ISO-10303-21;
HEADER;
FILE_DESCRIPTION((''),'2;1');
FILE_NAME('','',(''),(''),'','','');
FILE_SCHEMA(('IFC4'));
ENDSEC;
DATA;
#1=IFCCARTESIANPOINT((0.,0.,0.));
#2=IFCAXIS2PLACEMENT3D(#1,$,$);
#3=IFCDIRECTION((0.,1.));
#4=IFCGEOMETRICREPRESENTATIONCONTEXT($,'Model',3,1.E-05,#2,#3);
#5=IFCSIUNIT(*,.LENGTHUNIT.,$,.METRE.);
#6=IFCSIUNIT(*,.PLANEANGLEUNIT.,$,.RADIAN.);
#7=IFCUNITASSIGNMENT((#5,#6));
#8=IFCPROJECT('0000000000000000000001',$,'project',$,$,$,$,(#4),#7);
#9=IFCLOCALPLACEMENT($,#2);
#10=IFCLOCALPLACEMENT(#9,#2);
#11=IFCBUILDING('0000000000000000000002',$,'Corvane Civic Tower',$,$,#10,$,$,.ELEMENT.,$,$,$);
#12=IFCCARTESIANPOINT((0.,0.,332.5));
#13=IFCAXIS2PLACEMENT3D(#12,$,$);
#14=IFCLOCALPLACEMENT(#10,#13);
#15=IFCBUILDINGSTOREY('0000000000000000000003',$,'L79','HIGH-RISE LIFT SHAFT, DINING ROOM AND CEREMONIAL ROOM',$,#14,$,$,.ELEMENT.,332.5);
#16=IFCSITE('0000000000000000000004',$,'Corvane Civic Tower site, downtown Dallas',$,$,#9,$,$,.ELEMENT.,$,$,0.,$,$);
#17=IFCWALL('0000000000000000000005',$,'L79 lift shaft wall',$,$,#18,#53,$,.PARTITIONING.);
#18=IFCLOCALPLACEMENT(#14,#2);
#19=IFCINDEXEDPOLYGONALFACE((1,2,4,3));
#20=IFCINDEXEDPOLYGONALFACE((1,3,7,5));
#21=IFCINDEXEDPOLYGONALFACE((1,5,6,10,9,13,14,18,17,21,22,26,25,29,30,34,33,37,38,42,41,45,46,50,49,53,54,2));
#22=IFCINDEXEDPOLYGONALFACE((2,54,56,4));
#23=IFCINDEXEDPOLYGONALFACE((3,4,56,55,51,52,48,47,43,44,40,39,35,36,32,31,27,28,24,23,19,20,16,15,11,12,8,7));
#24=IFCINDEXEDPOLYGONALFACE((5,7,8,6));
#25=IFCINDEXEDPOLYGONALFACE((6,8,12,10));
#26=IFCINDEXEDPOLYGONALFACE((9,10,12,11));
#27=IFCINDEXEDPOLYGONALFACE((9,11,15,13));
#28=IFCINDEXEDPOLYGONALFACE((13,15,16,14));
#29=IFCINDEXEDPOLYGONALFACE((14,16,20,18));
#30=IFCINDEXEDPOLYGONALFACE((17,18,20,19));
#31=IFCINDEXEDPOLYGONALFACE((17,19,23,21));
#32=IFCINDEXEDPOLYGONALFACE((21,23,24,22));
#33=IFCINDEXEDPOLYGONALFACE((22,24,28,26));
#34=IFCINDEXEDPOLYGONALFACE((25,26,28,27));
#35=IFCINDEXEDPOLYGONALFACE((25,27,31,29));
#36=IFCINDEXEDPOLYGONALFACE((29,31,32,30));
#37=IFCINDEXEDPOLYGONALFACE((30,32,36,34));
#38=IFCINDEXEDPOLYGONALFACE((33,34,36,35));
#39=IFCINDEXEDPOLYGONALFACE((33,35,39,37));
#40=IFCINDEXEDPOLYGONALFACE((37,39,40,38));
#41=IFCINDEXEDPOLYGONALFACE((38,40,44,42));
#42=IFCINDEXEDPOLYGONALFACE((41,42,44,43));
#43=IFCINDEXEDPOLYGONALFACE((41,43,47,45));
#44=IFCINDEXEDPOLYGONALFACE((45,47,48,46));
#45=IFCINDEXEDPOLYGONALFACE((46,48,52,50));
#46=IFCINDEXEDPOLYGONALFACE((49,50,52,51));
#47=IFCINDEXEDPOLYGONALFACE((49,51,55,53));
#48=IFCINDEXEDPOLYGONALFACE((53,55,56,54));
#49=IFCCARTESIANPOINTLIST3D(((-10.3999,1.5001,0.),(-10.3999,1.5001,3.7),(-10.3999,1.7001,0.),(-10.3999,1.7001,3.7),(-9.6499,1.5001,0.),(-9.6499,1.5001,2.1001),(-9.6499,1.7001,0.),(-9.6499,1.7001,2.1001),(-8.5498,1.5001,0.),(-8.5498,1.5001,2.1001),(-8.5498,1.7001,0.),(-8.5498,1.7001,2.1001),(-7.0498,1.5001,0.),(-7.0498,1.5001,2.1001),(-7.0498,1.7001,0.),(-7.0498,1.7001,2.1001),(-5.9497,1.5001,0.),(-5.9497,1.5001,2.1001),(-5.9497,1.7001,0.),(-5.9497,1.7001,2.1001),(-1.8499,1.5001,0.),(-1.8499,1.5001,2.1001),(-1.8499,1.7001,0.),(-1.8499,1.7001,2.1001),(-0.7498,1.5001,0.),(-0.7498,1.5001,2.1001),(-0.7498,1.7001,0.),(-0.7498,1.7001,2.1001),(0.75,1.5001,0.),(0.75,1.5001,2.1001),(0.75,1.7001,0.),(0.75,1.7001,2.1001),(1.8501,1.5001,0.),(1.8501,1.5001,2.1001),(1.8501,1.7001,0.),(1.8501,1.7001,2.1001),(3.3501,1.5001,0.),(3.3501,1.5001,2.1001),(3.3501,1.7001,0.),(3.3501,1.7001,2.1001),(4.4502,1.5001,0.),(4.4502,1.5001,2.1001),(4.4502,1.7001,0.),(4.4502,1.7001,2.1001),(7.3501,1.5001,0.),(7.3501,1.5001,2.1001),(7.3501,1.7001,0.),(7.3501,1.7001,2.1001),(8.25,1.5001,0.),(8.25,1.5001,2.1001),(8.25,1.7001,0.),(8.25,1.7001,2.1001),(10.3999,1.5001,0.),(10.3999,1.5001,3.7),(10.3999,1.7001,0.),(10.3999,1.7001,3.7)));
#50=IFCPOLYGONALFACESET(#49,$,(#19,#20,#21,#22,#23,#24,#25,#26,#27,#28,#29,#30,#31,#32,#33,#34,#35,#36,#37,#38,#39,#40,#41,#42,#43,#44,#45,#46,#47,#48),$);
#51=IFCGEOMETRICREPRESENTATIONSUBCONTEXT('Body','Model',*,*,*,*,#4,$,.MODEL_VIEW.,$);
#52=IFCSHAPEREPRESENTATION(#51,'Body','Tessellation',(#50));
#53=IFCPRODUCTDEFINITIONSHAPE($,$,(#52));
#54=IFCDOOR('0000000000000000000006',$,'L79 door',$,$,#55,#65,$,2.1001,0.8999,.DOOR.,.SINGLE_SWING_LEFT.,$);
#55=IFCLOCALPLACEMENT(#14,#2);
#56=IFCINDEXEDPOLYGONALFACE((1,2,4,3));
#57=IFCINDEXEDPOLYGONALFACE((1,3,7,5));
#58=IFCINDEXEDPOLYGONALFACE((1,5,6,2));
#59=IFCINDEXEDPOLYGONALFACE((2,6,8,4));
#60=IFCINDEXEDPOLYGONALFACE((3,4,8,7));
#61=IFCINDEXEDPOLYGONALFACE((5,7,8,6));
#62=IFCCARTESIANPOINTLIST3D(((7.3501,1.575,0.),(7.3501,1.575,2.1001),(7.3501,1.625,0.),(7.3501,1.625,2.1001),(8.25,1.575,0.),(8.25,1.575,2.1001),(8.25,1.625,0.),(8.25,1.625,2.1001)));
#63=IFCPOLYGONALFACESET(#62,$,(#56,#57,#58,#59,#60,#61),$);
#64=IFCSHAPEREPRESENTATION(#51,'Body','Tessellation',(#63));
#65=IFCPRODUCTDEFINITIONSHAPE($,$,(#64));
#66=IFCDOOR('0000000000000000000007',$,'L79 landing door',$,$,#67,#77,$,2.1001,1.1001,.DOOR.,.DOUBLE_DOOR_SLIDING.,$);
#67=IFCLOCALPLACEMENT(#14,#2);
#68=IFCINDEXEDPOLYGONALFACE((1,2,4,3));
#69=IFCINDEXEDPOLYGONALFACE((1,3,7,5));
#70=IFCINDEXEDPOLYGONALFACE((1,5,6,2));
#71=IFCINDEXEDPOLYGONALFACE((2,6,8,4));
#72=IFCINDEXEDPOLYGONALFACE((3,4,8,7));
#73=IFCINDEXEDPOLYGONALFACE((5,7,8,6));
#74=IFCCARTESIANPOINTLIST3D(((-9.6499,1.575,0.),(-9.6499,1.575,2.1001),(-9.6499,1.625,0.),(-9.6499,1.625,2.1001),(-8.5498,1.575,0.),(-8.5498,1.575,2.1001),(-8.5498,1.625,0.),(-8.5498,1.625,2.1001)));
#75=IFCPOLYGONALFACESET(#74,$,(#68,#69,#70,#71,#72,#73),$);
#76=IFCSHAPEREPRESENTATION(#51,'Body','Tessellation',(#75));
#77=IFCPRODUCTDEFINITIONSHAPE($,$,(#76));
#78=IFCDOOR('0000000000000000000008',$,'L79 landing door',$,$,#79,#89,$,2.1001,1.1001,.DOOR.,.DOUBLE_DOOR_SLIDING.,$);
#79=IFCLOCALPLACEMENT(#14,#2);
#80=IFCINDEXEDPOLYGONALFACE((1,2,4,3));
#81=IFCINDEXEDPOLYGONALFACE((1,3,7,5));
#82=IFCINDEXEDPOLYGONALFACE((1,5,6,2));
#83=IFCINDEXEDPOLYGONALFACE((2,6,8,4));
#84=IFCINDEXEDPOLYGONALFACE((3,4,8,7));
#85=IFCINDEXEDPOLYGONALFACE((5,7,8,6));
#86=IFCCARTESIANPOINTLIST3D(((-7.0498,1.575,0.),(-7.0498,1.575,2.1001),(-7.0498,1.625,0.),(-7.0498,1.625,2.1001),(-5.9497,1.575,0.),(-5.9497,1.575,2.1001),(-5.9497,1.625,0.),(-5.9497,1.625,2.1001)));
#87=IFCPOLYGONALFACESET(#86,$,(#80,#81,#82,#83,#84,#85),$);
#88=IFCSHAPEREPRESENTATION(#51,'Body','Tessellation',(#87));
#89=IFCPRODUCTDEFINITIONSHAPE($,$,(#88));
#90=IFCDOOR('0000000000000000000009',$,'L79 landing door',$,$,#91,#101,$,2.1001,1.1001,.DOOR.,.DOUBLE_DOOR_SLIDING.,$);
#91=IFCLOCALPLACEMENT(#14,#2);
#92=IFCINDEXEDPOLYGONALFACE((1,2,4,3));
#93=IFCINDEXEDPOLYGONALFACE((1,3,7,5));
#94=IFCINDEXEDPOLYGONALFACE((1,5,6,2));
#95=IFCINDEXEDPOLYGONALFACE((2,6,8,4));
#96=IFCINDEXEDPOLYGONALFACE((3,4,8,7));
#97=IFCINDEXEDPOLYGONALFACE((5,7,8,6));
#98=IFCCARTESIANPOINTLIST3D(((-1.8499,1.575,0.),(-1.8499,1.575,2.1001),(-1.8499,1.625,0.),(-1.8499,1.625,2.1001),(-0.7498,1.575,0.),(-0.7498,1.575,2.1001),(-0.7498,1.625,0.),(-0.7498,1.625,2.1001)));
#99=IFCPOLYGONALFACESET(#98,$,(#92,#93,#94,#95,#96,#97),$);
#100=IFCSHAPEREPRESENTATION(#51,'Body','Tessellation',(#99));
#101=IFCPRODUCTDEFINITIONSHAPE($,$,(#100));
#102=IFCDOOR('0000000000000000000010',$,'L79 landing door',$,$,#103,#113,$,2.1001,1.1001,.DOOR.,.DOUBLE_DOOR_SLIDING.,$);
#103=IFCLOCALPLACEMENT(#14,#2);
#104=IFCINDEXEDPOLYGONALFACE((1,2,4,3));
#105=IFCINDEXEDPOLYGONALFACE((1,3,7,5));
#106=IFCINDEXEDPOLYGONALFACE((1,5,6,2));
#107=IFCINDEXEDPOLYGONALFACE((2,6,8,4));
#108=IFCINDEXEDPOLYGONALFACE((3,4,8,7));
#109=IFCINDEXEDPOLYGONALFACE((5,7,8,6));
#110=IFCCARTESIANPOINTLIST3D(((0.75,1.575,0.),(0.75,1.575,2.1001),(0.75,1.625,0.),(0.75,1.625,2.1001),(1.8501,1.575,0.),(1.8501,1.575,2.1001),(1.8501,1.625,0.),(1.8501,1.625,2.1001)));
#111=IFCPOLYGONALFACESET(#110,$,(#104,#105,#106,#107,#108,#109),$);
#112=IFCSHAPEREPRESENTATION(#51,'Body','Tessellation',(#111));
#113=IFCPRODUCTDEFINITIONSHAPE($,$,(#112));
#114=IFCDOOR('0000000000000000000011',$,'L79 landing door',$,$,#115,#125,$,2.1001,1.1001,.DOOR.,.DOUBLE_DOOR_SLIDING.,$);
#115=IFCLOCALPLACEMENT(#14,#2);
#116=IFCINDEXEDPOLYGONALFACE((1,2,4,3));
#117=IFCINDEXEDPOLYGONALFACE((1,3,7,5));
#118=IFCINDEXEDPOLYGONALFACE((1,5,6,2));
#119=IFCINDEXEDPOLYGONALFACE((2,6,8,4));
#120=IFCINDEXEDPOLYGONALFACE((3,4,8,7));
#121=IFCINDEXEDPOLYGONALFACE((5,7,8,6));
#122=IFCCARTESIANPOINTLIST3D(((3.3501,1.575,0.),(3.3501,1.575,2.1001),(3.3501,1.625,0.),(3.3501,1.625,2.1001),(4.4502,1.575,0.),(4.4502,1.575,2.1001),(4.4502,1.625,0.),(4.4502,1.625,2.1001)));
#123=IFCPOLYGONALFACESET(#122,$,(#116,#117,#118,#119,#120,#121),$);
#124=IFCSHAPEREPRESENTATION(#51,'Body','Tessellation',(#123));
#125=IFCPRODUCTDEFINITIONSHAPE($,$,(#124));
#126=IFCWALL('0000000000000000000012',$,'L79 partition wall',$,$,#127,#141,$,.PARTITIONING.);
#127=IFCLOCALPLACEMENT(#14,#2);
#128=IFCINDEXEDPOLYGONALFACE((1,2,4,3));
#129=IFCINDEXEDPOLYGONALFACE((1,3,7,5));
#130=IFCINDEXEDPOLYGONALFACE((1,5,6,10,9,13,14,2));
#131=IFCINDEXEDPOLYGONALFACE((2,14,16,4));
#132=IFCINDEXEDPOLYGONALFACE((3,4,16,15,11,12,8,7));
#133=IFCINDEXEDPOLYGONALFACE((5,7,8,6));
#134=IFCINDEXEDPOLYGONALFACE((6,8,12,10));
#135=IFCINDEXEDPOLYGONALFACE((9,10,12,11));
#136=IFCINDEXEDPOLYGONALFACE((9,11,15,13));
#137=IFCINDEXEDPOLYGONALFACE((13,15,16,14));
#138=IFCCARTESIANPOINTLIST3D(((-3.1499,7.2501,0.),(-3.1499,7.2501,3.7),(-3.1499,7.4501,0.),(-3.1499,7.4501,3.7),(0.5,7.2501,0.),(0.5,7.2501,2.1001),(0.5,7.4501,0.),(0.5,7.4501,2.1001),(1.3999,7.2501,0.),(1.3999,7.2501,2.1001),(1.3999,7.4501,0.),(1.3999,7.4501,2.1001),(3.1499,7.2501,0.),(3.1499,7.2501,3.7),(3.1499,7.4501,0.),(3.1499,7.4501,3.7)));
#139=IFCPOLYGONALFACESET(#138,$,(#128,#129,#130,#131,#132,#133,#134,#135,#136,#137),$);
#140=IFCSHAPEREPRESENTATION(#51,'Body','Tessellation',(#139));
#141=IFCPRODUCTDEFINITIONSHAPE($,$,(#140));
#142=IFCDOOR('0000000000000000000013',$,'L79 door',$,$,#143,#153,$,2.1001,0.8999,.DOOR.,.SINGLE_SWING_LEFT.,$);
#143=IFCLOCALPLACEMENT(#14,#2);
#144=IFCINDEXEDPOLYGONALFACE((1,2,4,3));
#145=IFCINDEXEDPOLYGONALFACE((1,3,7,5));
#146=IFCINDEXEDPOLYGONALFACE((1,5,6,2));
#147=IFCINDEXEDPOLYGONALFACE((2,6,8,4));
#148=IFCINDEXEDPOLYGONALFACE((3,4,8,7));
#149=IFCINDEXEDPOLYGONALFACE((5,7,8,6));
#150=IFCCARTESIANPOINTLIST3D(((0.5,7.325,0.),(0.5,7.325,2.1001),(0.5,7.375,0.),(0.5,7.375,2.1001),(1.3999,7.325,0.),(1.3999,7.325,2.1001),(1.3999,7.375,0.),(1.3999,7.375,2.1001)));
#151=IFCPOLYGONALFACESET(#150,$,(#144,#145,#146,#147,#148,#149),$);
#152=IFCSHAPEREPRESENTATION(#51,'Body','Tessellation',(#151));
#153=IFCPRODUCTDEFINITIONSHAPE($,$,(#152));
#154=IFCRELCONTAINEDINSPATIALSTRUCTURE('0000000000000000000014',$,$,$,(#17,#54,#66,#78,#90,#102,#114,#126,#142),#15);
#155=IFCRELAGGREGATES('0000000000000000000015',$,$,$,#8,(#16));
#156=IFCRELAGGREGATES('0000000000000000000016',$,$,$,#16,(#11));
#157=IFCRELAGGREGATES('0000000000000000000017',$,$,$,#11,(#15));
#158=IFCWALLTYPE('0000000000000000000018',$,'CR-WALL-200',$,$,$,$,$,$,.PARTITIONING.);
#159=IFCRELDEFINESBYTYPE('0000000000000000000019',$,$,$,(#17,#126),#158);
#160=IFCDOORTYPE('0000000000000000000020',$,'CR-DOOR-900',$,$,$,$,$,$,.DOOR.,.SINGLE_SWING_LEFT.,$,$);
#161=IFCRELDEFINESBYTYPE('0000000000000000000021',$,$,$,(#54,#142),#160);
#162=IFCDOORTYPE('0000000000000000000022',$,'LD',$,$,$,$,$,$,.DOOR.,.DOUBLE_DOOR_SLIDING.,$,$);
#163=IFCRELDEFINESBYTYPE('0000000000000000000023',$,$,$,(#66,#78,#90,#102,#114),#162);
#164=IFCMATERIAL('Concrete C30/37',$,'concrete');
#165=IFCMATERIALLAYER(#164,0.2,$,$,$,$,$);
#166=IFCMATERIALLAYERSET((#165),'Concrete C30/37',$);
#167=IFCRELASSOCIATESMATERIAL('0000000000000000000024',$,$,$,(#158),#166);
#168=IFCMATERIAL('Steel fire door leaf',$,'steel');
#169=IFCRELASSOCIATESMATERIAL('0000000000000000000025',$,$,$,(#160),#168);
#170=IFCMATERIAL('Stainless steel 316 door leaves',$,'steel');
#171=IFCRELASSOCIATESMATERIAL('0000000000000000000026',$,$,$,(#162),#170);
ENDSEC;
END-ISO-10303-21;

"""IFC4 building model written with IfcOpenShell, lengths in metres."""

from ifc_helpers import new_model, si_unit, direction, frame, frame_2d, origin, place, context, subcontext, project, spatial, rectangle, extrude, material, layer, layer_set, type_object, element, fill, save


model = new_model("IFC4")

# Units and contexts
model_context = context("Model", 3, precision=1e-05, world=origin(), true_north=direction((0.0, 1.0)))
body_context = subcontext(model_context, "Body", "Model", "MODEL_VIEW")
ifc_project = project(units=[si_unit("LENGTHUNIT", "METRE"), si_unit("PLANEANGLEUNIT", "RADIAN")], contexts=[model_context])

# Site, building, storey
site_placement = place(None, origin())
site = spatial("IfcSite", under=ifc_project, at=site_placement, Name="Corvane Civic Tower site, downtown Dallas", CompositionType="ELEMENT", RefElevation=0.0)
building_placement = place(site_placement, origin())
building = spatial("IfcBuilding", under=site, at=building_placement, Name="Corvane Civic Tower", CompositionType="ELEMENT")
storey_placement = place(building_placement, frame((0.0, 0.0, 332.5)))
storey = spatial("IfcBuildingStorey", under=building, at=storey_placement, Name="L79", Description="HIGH-RISE LIFT SHAFT, DINING ROOM AND CEREMONIAL ROOM", CompositionType="ELEMENT", Elevation=332.5)

# Wall, openings, doors
ifc_material_1 = material(Name="Concrete C30/37", Category="concrete")
ifc_layer_1 = layer(ifc_material_1, 0.2)
ifc_layer_set_1 = layer_set([ifc_layer_1], Name="Concrete C30/37")
wall_type_1 = type_object("IfcWallType", Name="CR-WALL-200", PredefinedType="PARTITIONING", material=ifc_layer_set_1)
wall_1_placement = place(storey_placement, frame((-10.3999, 1.6001, 0.0), z_axis=(0.0, 0.0, 1.0), x_axis=(1.0, 0.0, 0.0)))
wall_1 = element("IfcWall", 1, at=wall_1_placement, inside=storey, type_object=wall_type_1, Name="L79 lift shaft wall", PredefinedType="PARTITIONING", context=body_context, shape_type="SweptSolid", body=[
    extrude(rectangle(XDim=20.7998, YDim=0.2, at=frame_2d((10.3999, 0.0))), origin(), (0.0, 0.0, 1.0), 3.7),
])
opening_1_placement = place(wall_1_placement, frame((0.75, 0.0, 0.0)))
opening_1 = element("IfcOpeningElement", 2, at=opening_1_placement, cuts=wall_1, PredefinedType="OPENING", context=body_context, shape_type="SweptSolid", body=[
    extrude(rectangle(XDim=1.1001, YDim=2.1001, at=frame_2d((0.55, 1.05))), frame((0.0, 0.1099, 0.0), z_axis=(0.0, -1.0, 0.0), x_axis=(1.0, 0.0, 0.0)), (0.0, 0.0, 1.0), 0.22),
])
opening_2_placement = place(wall_1_placement, frame((3.3501, 0.0, 0.0)))
opening_2 = element("IfcOpeningElement", 3, at=opening_2_placement, cuts=wall_1, PredefinedType="OPENING", context=body_context, shape_type="SweptSolid", body=[
    extrude(rectangle(XDim=1.1001, YDim=2.1001, at=frame_2d((0.55, 1.05))), frame((0.0, 0.1099, 0.0), z_axis=(0.0, -1.0, 0.0), x_axis=(1.0, 0.0, 0.0)), (0.0, 0.0, 1.0), 0.22),
])
opening_3_placement = place(wall_1_placement, frame((8.55, 0.0, 0.0)))
opening_3 = element("IfcOpeningElement", 4, at=opening_3_placement, cuts=wall_1, PredefinedType="OPENING", context=body_context, shape_type="SweptSolid", body=[
    extrude(rectangle(XDim=1.1001, YDim=2.1001, at=frame_2d((0.55, 1.05))), frame((0.0, 0.1099, 0.0), z_axis=(0.0, -1.0, 0.0), x_axis=(1.0, 0.0, 0.0)), (0.0, 0.0, 1.0), 0.22),
])
opening_4_placement = place(wall_1_placement, frame((11.1499, 0.0, 0.0)))
opening_4 = element("IfcOpeningElement", 5, at=opening_4_placement, cuts=wall_1, PredefinedType="OPENING", context=body_context, shape_type="SweptSolid", body=[
    extrude(rectangle(XDim=1.1001, YDim=2.1001, at=frame_2d((0.55, 1.05))), frame((0.0, 0.1099, 0.0), z_axis=(0.0, -1.0, 0.0), x_axis=(1.0, 0.0, 0.0)), (0.0, 0.0, 1.0), 0.22),
])
opening_5_placement = place(wall_1_placement, frame((13.75, 0.0, 0.0)))
opening_5 = element("IfcOpeningElement", 6, at=opening_5_placement, cuts=wall_1, PredefinedType="OPENING", context=body_context, shape_type="SweptSolid", body=[
    extrude(rectangle(XDim=1.1001, YDim=2.1001, at=frame_2d((0.55, 1.05))), frame((0.0, 0.1099, 0.0), z_axis=(0.0, -1.0, 0.0), x_axis=(1.0, 0.0, 0.0)), (0.0, 0.0, 1.0), 0.22),
])
opening_6_placement = place(wall_1_placement, frame((17.75, 0.0, 0.0)))
opening_6 = element("IfcOpeningElement", 7, at=opening_6_placement, cuts=wall_1, PredefinedType="OPENING", context=body_context, shape_type="SweptSolid", body=[
    extrude(rectangle(XDim=0.8999, YDim=2.1001, at=frame_2d((0.45, 1.05))), frame((0.0, 0.1099, 0.0), z_axis=(0.0, -1.0, 0.0), x_axis=(1.0, 0.0, 0.0)), (0.0, 0.0, 1.0), 0.22),
])
ifc_material_2 = material(Name="Steel fire door leaf", Category="steel")
door_type_1 = type_object("IfcDoorType", Name="CR-DOOR-900", OperationType="SINGLE_SWING_LEFT", PredefinedType="DOOR", material=ifc_material_2)
door_1_placement = place(opening_6_placement, origin())
door_1 = element("IfcDoor", 8, at=door_1_placement, inside=storey, type_object=door_type_1, Name="L79 door", OperationType="SINGLE_SWING_LEFT", OverallHeight=2.1001, OverallWidth=0.8999, PredefinedType="DOOR", context=body_context, shape_type="SweptSolid", body=[
    extrude(rectangle(XDim=0.8999, YDim=2.1001, at=frame_2d((0.45, 1.05))), frame((0.0, 0.0249, 0.0), z_axis=(0.0, -1.0, 0.0), x_axis=(1.0, 0.0, 0.0)), (0.0, 0.0, 1.0), 0.05),
])
fill(opening_6, door_1)
ifc_material_3 = material(Name="Stainless steel 316 door leaves", Category="steel")
door_type_2 = type_object("IfcDoorType", Name="LD", OperationType="DOUBLE_DOOR_SLIDING", PredefinedType="DOOR", material=ifc_material_3)
door_2_placement = place(opening_1_placement, origin())
door_2 = element("IfcDoor", 9, at=door_2_placement, inside=storey, type_object=door_type_2, Name="L79 landing door", OperationType="DOUBLE_DOOR_SLIDING", OverallHeight=2.1001, OverallWidth=1.1001, PredefinedType="DOOR", context=body_context, shape_type="SweptSolid", body=[
    extrude(rectangle(XDim=1.1001, YDim=2.1001, at=frame_2d((0.55, 1.05))), frame((0.0, 0.0249, 0.0), z_axis=(0.0, -1.0, 0.0), x_axis=(1.0, 0.0, 0.0)), (0.0, 0.0, 1.0), 0.05),
])
fill(opening_1, door_2)
door_3_placement = place(opening_2_placement, origin())
door_3 = element("IfcDoor", 10, at=door_3_placement, inside=storey, type_object=door_type_2, Name="L79 landing door", OperationType="DOUBLE_DOOR_SLIDING", OverallHeight=2.1001, OverallWidth=1.1001, PredefinedType="DOOR", context=body_context, shape_type="SweptSolid", body=[
    extrude(rectangle(XDim=1.1001, YDim=2.1001, at=frame_2d((0.55, 1.05))), frame((0.0, 0.0249, 0.0), z_axis=(0.0, -1.0, 0.0), x_axis=(1.0, 0.0, 0.0)), (0.0, 0.0, 1.0), 0.05),
])
fill(opening_2, door_3)
door_4_placement = place(opening_3_placement, origin())
door_4 = element("IfcDoor", 11, at=door_4_placement, inside=storey, type_object=door_type_2, Name="L79 landing door", OperationType="DOUBLE_DOOR_SLIDING", OverallHeight=2.1001, OverallWidth=1.1001, PredefinedType="DOOR", context=body_context, shape_type="SweptSolid", body=[
    extrude(rectangle(XDim=1.1001, YDim=2.1001, at=frame_2d((0.55, 1.05))), frame((0.0, 0.0249, 0.0), z_axis=(0.0, -1.0, 0.0), x_axis=(1.0, 0.0, 0.0)), (0.0, 0.0, 1.0), 0.05),
])
fill(opening_3, door_4)
door_5_placement = place(opening_4_placement, origin())
door_5 = element("IfcDoor", 12, at=door_5_placement, inside=storey, type_object=door_type_2, Name="L79 landing door", OperationType="DOUBLE_DOOR_SLIDING", OverallHeight=2.1001, OverallWidth=1.1001, PredefinedType="DOOR", context=body_context, shape_type="SweptSolid", body=[
    extrude(rectangle(XDim=1.1001, YDim=2.1001, at=frame_2d((0.55, 1.05))), frame((0.0, 0.0249, 0.0), z_axis=(0.0, -1.0, 0.0), x_axis=(1.0, 0.0, 0.0)), (0.0, 0.0, 1.0), 0.05),
])
fill(opening_4, door_5)
door_6_placement = place(opening_5_placement, origin())
door_6 = element("IfcDoor", 13, at=door_6_placement, inside=storey, type_object=door_type_2, Name="L79 landing door", OperationType="DOUBLE_DOOR_SLIDING", OverallHeight=2.1001, OverallWidth=1.1001, PredefinedType="DOOR", context=body_context, shape_type="SweptSolid", body=[
    extrude(rectangle(XDim=1.1001, YDim=2.1001, at=frame_2d((0.55, 1.05))), frame((0.0, 0.0249, 0.0), z_axis=(0.0, -1.0, 0.0), x_axis=(1.0, 0.0, 0.0)), (0.0, 0.0, 1.0), 0.05),
])
fill(opening_5, door_6)

# Wall, opening, door
wall_2_placement = place(storey_placement, frame((-3.1499, 7.3501, 0.0), z_axis=(0.0, 0.0, 1.0), x_axis=(1.0, 0.0, 0.0)))
wall_2 = element("IfcWall", 14, at=wall_2_placement, inside=storey, type_object=wall_type_1, Name="L79 partition wall", PredefinedType="PARTITIONING", context=body_context, shape_type="SweptSolid", body=[
    extrude(rectangle(XDim=6.2998, YDim=0.2, at=frame_2d((3.1499, 0.0))), origin(), (0.0, 0.0, 1.0), 3.7),
])
opening_7_placement = place(wall_2_placement, frame((3.6499, 0.0, 0.0)))
opening_7 = element("IfcOpeningElement", 15, at=opening_7_placement, cuts=wall_2, PredefinedType="OPENING", context=body_context, shape_type="SweptSolid", body=[
    extrude(rectangle(XDim=0.8999, YDim=2.1001, at=frame_2d((0.45, 1.05))), frame((0.0, 0.1099, 0.0), z_axis=(0.0, -1.0, 0.0), x_axis=(1.0, 0.0, 0.0)), (0.0, 0.0, 1.0), 0.22),
])
door_7_placement = place(opening_7_placement, origin())
door_7 = element("IfcDoor", 16, at=door_7_placement, inside=storey, type_object=door_type_1, Name="L79 door", OperationType="SINGLE_SWING_LEFT", OverallHeight=2.1001, OverallWidth=0.8999, PredefinedType="DOOR", context=body_context, shape_type="SweptSolid", body=[
    extrude(rectangle(XDim=0.8999, YDim=2.1001, at=frame_2d((0.45, 1.05))), frame((0.0, 0.0249, 0.0), z_axis=(0.0, -1.0, 0.0), x_axis=(1.0, 0.0, 0.0)), (0.0, 0.0, 1.0), 0.05),
])
fill(opening_7, door_7)

save(model, "model.ifc")
